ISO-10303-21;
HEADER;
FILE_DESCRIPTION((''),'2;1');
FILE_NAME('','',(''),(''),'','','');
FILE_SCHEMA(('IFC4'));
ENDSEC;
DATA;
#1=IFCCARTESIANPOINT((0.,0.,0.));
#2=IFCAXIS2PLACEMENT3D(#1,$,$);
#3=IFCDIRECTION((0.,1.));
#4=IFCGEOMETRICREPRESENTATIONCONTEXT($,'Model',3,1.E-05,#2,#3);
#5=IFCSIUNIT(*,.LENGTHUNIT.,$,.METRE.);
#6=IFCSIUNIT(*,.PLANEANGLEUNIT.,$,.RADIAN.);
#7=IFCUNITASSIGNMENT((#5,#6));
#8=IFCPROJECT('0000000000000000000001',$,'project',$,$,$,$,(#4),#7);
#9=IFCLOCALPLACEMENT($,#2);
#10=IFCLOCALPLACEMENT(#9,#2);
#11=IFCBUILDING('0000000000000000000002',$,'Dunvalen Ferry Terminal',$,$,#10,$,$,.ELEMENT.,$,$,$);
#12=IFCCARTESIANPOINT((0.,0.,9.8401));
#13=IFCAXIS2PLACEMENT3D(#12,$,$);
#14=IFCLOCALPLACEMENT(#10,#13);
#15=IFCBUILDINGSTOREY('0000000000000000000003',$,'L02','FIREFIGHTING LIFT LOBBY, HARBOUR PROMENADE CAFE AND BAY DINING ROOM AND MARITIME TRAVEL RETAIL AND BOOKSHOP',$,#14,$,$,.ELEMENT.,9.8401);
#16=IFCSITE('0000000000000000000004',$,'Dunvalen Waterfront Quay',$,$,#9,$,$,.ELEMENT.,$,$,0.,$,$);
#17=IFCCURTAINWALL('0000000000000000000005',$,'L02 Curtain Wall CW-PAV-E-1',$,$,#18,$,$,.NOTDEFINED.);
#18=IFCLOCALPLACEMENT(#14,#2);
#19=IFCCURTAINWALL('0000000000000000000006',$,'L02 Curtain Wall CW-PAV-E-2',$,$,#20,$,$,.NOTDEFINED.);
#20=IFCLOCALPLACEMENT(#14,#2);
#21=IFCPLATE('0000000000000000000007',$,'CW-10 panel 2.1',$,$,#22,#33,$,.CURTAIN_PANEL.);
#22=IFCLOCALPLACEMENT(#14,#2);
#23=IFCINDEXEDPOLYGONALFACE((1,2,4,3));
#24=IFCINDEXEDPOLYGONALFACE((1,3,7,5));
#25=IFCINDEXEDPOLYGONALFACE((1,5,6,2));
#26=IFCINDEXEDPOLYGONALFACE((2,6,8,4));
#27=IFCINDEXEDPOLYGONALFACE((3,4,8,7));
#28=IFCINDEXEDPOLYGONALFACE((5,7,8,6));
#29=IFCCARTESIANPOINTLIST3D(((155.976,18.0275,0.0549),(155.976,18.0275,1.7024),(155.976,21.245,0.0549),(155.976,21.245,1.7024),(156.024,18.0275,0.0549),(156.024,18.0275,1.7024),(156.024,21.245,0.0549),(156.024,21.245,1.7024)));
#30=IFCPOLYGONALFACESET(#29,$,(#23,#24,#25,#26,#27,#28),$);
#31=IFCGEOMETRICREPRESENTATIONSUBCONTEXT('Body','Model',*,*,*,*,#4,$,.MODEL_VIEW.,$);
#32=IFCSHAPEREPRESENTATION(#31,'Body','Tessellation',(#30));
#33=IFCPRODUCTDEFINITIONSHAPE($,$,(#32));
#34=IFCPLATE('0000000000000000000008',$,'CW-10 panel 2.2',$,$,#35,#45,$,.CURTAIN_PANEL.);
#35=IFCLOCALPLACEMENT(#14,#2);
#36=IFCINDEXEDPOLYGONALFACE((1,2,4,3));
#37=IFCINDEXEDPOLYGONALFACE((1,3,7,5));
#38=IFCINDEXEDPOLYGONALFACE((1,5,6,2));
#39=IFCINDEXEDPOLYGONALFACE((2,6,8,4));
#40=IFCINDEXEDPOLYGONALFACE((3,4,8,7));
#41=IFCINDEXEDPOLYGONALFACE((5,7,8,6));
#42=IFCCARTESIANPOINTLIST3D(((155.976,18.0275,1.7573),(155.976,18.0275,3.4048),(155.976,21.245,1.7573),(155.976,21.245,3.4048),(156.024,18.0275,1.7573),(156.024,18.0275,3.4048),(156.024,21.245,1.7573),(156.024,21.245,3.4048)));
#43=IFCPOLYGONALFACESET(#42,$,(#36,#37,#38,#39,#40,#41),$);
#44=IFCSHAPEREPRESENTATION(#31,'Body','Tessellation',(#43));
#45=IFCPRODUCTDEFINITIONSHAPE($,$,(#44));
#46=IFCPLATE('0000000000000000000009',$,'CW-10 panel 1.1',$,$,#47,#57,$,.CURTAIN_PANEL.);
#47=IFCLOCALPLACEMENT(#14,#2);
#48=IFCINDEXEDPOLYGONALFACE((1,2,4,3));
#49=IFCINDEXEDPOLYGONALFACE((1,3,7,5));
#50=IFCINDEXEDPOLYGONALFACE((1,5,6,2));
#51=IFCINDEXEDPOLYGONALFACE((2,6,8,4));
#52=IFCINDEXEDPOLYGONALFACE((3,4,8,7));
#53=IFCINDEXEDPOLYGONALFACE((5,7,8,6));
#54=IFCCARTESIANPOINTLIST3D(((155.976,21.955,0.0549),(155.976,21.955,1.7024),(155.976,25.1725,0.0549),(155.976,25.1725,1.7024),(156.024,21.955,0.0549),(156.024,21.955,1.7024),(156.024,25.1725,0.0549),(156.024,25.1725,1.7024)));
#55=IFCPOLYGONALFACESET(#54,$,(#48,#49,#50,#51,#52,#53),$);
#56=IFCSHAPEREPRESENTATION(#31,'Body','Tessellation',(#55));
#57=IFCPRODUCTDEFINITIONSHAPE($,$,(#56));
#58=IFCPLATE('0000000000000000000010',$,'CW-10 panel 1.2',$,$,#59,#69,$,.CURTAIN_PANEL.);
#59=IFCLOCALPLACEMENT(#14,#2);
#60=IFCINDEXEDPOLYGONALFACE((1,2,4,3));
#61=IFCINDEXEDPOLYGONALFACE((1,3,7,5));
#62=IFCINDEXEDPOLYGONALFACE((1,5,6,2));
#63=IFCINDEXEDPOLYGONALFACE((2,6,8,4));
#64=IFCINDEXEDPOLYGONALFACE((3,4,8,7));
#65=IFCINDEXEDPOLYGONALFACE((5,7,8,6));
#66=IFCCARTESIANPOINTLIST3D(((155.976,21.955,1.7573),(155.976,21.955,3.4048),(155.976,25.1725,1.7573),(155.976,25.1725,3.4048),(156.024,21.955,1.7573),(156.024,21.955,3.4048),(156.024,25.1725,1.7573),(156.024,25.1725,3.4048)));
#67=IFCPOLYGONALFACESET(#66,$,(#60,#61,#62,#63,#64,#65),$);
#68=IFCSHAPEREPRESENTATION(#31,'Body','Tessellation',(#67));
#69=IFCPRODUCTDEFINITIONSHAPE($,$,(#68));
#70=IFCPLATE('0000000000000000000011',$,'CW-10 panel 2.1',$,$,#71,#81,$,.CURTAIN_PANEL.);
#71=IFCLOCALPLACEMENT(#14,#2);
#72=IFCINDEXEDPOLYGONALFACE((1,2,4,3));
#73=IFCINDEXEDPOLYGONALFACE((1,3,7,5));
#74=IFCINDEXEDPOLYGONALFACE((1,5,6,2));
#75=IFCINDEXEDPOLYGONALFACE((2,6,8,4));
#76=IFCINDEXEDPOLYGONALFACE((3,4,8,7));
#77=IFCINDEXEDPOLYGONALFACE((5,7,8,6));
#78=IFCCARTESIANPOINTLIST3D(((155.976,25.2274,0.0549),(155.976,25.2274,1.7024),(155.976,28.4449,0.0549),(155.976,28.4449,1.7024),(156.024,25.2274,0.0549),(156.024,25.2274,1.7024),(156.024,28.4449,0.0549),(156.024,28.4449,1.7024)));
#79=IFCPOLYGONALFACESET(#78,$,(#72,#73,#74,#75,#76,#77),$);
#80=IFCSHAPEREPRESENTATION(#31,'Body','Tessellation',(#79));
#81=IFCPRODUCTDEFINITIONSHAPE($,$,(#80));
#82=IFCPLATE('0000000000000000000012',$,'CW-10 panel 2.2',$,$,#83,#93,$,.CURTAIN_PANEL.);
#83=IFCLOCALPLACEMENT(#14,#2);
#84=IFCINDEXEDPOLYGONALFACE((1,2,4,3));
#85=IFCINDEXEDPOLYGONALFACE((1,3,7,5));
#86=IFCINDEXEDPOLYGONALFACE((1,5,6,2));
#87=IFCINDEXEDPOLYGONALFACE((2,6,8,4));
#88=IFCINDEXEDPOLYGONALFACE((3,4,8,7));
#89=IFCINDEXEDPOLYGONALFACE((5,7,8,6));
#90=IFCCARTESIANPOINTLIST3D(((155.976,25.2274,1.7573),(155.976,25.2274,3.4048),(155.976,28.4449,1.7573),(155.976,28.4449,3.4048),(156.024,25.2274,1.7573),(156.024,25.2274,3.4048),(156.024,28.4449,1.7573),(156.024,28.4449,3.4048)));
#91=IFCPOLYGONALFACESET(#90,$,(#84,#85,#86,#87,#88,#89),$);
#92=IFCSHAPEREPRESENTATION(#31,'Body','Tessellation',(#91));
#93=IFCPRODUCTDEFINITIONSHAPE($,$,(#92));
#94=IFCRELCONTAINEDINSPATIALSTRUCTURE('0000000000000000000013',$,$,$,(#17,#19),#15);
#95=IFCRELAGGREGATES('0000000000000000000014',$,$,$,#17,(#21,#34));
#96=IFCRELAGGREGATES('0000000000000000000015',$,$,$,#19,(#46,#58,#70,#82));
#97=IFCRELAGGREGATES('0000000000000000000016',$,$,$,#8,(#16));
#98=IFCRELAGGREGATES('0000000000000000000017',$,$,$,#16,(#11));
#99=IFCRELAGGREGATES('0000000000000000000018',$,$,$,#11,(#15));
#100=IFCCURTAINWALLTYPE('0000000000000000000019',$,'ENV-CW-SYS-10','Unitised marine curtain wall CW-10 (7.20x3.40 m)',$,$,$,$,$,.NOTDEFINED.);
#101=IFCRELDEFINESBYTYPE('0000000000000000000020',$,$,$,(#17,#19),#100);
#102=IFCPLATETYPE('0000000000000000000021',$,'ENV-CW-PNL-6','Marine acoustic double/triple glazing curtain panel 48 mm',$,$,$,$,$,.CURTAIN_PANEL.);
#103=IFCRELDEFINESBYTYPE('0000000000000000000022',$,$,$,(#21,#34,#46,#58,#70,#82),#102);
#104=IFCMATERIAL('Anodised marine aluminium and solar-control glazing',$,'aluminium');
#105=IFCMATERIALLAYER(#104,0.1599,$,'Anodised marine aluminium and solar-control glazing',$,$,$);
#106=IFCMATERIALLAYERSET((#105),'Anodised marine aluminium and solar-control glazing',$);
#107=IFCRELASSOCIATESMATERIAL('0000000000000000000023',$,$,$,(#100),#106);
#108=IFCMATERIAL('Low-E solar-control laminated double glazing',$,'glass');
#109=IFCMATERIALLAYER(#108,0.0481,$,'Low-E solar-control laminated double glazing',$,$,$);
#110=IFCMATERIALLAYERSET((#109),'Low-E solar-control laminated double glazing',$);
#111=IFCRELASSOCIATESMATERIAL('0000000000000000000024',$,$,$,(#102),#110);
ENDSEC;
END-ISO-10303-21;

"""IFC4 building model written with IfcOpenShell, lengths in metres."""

from ifc_helpers import new_model, si_unit, direction, frame, origin, origin_2d, place, context, subcontext, project, spatial, rectangle, extrude, material, layer, layer_set, type_object, element, aggregate, save


model = new_model("IFC4")

# Units and contexts
model_context = context("Model", 3, precision=1e-05, world=origin(), true_north=direction((0.0, 1.0)))
body_context = subcontext(model_context, "Body", "Model", "MODEL_VIEW")
ifc_project = project(units=[si_unit("LENGTHUNIT", "METRE"), si_unit("PLANEANGLEUNIT", "RADIAN")], contexts=[model_context])

# Site, building, storey
site_placement = place(None, origin())
site = spatial("IfcSite", under=ifc_project, at=site_placement, Name="Dunvalen Waterfront Quay", CompositionType="ELEMENT", RefElevation=0.0)
building_placement = place(site_placement, origin())
building = spatial("IfcBuilding", under=site, at=building_placement, Name="Dunvalen Ferry Terminal", CompositionType="ELEMENT")
storey_placement = place(building_placement, frame((0.0, 0.0, 9.8401)))
storey = spatial("IfcBuildingStorey", under=building, at=storey_placement, Name="L02", Description="FIREFIGHTING LIFT LOBBY, HARBOUR PROMENADE CAFE AND BAY DINING ROOM AND MARITIME TRAVEL RETAIL AND BOOKSHOP", CompositionType="ELEMENT", Elevation=9.8401)

# Curtain wall
ifc_material_1 = material(Name="Anodised marine aluminium and solar-control glazing", Category="aluminium")
ifc_layer_1 = layer(ifc_material_1, 0.1599, Name="Anodised marine aluminium and solar-control glazing")
ifc_layer_set_1 = layer_set([ifc_layer_1], Name="Anodised marine aluminium and solar-control glazing")
curtain_wall_type = type_object("IfcCurtainWallType", Name="ENV-CW-SYS-10", Description="Unitised marine curtain wall CW-10 (7.20x3.40 m)", PredefinedType="NOTDEFINED", material=ifc_layer_set_1)
curtain_wall_1_placement = place(storey_placement, origin())
curtain_wall_1 = element("IfcCurtainWall", 1, at=curtain_wall_1_placement, inside=storey, type_object=curtain_wall_type, Name="L02 Curtain Wall CW-PAV-E-1", PredefinedType="NOTDEFINED")

# Curtain wall
curtain_wall_2_placement = place(storey_placement, origin())
curtain_wall_2 = element("IfcCurtainWall", 2, at=curtain_wall_2_placement, inside=storey, type_object=curtain_wall_type, Name="L02 Curtain Wall CW-PAV-E-2", PredefinedType="NOTDEFINED")

# Plates
ifc_material_2 = material(Name="Low-E solar-control laminated double glazing", Category="glass")
ifc_layer_2 = layer(ifc_material_2, 0.0481, Name="Low-E solar-control laminated double glazing")
ifc_layer_set_2 = layer_set([ifc_layer_2], Name="Low-E solar-control laminated double glazing")
plate_type = type_object("IfcPlateType", Name="ENV-CW-PNL-6", Description="Marine acoustic double/triple glazing curtain panel 48 mm", PredefinedType="CURTAIN_PANEL", material=ifc_layer_set_2)
plate_1_placement = place(storey_placement, frame((156.0, 19.6362, 0.0549), z_axis=(0.0, 0.0, 1.0), x_axis=(0.0, 1.0, 0.0)))
plate_1 = element("IfcPlate", 3, at=plate_1_placement, type_object=plate_type, Name="CW-10 panel 2.1", PredefinedType="CURTAIN_PANEL", context=body_context, shape_type="SweptSolid", body=[
    extrude(rectangle(XDim=3.2175, YDim=0.0481, at=origin_2d()), origin(), (0.0, 0.0, 1.0), 1.6475),
])
plate_2_placement = place(storey_placement, frame((156.0, 19.6362, 1.7573), z_axis=(0.0, 0.0, 1.0), x_axis=(0.0, 1.0, 0.0)))
plate_2 = element("IfcPlate", 4, at=plate_2_placement, type_object=plate_type, Name="CW-10 panel 2.2", PredefinedType="CURTAIN_PANEL", context=body_context, shape_type="SweptSolid", body=[
    extrude(rectangle(XDim=3.2175, YDim=0.0481, at=origin_2d()), origin(), (0.0, 0.0, 1.0), 1.6475),
])
aggregate(curtain_wall_1, [plate_1, plate_2])
plate_3_placement = place(storey_placement, frame((156.0, 23.5637, 0.0549), z_axis=(0.0, 0.0, 1.0), x_axis=(0.0, 1.0, 0.0)))
plate_3 = element("IfcPlate", 5, at=plate_3_placement, type_object=plate_type, Name="CW-10 panel 1.1", PredefinedType="CURTAIN_PANEL", context=body_context, shape_type="SweptSolid", body=[
    extrude(rectangle(XDim=3.2175, YDim=0.0481, at=origin_2d()), origin(), (0.0, 0.0, 1.0), 1.6475),
])
plate_4_placement = place(storey_placement, frame((156.0, 23.5637, 1.7573), z_axis=(0.0, 0.0, 1.0), x_axis=(0.0, 1.0, 0.0)))
plate_4 = element("IfcPlate", 6, at=plate_4_placement, type_object=plate_type, Name="CW-10 panel 1.2", PredefinedType="CURTAIN_PANEL", context=body_context, shape_type="SweptSolid", body=[
    extrude(rectangle(XDim=3.2175, YDim=0.0481, at=origin_2d()), origin(), (0.0, 0.0, 1.0), 1.6475),
])
plate_5_placement = place(storey_placement, frame((156.0, 26.8362, 0.0549), z_axis=(0.0, 0.0, 1.0), x_axis=(0.0, 1.0, 0.0)))
plate_5 = element("IfcPlate", 7, at=plate_5_placement, type_object=plate_type, Name="CW-10 panel 2.1", PredefinedType="CURTAIN_PANEL", context=body_context, shape_type="SweptSolid", body=[
    extrude(rectangle(XDim=3.2175, YDim=0.0481, at=origin_2d()), origin(), (0.0, 0.0, 1.0), 1.6475),
])
plate_6_placement = place(storey_placement, frame((156.0, 26.8362, 1.7573), z_axis=(0.0, 0.0, 1.0), x_axis=(0.0, 1.0, 0.0)))
plate_6 = element("IfcPlate", 8, at=plate_6_placement, type_object=plate_type, Name="CW-10 panel 2.2", PredefinedType="CURTAIN_PANEL", context=body_context, shape_type="SweptSolid", body=[
    extrude(rectangle(XDim=3.2175, YDim=0.0481, at=origin_2d()), origin(), (0.0, 0.0, 1.0), 1.6475),
])
aggregate(curtain_wall_2, [plate_3, plate_4, plate_5, plate_6])

save(model, "model.ifc")
